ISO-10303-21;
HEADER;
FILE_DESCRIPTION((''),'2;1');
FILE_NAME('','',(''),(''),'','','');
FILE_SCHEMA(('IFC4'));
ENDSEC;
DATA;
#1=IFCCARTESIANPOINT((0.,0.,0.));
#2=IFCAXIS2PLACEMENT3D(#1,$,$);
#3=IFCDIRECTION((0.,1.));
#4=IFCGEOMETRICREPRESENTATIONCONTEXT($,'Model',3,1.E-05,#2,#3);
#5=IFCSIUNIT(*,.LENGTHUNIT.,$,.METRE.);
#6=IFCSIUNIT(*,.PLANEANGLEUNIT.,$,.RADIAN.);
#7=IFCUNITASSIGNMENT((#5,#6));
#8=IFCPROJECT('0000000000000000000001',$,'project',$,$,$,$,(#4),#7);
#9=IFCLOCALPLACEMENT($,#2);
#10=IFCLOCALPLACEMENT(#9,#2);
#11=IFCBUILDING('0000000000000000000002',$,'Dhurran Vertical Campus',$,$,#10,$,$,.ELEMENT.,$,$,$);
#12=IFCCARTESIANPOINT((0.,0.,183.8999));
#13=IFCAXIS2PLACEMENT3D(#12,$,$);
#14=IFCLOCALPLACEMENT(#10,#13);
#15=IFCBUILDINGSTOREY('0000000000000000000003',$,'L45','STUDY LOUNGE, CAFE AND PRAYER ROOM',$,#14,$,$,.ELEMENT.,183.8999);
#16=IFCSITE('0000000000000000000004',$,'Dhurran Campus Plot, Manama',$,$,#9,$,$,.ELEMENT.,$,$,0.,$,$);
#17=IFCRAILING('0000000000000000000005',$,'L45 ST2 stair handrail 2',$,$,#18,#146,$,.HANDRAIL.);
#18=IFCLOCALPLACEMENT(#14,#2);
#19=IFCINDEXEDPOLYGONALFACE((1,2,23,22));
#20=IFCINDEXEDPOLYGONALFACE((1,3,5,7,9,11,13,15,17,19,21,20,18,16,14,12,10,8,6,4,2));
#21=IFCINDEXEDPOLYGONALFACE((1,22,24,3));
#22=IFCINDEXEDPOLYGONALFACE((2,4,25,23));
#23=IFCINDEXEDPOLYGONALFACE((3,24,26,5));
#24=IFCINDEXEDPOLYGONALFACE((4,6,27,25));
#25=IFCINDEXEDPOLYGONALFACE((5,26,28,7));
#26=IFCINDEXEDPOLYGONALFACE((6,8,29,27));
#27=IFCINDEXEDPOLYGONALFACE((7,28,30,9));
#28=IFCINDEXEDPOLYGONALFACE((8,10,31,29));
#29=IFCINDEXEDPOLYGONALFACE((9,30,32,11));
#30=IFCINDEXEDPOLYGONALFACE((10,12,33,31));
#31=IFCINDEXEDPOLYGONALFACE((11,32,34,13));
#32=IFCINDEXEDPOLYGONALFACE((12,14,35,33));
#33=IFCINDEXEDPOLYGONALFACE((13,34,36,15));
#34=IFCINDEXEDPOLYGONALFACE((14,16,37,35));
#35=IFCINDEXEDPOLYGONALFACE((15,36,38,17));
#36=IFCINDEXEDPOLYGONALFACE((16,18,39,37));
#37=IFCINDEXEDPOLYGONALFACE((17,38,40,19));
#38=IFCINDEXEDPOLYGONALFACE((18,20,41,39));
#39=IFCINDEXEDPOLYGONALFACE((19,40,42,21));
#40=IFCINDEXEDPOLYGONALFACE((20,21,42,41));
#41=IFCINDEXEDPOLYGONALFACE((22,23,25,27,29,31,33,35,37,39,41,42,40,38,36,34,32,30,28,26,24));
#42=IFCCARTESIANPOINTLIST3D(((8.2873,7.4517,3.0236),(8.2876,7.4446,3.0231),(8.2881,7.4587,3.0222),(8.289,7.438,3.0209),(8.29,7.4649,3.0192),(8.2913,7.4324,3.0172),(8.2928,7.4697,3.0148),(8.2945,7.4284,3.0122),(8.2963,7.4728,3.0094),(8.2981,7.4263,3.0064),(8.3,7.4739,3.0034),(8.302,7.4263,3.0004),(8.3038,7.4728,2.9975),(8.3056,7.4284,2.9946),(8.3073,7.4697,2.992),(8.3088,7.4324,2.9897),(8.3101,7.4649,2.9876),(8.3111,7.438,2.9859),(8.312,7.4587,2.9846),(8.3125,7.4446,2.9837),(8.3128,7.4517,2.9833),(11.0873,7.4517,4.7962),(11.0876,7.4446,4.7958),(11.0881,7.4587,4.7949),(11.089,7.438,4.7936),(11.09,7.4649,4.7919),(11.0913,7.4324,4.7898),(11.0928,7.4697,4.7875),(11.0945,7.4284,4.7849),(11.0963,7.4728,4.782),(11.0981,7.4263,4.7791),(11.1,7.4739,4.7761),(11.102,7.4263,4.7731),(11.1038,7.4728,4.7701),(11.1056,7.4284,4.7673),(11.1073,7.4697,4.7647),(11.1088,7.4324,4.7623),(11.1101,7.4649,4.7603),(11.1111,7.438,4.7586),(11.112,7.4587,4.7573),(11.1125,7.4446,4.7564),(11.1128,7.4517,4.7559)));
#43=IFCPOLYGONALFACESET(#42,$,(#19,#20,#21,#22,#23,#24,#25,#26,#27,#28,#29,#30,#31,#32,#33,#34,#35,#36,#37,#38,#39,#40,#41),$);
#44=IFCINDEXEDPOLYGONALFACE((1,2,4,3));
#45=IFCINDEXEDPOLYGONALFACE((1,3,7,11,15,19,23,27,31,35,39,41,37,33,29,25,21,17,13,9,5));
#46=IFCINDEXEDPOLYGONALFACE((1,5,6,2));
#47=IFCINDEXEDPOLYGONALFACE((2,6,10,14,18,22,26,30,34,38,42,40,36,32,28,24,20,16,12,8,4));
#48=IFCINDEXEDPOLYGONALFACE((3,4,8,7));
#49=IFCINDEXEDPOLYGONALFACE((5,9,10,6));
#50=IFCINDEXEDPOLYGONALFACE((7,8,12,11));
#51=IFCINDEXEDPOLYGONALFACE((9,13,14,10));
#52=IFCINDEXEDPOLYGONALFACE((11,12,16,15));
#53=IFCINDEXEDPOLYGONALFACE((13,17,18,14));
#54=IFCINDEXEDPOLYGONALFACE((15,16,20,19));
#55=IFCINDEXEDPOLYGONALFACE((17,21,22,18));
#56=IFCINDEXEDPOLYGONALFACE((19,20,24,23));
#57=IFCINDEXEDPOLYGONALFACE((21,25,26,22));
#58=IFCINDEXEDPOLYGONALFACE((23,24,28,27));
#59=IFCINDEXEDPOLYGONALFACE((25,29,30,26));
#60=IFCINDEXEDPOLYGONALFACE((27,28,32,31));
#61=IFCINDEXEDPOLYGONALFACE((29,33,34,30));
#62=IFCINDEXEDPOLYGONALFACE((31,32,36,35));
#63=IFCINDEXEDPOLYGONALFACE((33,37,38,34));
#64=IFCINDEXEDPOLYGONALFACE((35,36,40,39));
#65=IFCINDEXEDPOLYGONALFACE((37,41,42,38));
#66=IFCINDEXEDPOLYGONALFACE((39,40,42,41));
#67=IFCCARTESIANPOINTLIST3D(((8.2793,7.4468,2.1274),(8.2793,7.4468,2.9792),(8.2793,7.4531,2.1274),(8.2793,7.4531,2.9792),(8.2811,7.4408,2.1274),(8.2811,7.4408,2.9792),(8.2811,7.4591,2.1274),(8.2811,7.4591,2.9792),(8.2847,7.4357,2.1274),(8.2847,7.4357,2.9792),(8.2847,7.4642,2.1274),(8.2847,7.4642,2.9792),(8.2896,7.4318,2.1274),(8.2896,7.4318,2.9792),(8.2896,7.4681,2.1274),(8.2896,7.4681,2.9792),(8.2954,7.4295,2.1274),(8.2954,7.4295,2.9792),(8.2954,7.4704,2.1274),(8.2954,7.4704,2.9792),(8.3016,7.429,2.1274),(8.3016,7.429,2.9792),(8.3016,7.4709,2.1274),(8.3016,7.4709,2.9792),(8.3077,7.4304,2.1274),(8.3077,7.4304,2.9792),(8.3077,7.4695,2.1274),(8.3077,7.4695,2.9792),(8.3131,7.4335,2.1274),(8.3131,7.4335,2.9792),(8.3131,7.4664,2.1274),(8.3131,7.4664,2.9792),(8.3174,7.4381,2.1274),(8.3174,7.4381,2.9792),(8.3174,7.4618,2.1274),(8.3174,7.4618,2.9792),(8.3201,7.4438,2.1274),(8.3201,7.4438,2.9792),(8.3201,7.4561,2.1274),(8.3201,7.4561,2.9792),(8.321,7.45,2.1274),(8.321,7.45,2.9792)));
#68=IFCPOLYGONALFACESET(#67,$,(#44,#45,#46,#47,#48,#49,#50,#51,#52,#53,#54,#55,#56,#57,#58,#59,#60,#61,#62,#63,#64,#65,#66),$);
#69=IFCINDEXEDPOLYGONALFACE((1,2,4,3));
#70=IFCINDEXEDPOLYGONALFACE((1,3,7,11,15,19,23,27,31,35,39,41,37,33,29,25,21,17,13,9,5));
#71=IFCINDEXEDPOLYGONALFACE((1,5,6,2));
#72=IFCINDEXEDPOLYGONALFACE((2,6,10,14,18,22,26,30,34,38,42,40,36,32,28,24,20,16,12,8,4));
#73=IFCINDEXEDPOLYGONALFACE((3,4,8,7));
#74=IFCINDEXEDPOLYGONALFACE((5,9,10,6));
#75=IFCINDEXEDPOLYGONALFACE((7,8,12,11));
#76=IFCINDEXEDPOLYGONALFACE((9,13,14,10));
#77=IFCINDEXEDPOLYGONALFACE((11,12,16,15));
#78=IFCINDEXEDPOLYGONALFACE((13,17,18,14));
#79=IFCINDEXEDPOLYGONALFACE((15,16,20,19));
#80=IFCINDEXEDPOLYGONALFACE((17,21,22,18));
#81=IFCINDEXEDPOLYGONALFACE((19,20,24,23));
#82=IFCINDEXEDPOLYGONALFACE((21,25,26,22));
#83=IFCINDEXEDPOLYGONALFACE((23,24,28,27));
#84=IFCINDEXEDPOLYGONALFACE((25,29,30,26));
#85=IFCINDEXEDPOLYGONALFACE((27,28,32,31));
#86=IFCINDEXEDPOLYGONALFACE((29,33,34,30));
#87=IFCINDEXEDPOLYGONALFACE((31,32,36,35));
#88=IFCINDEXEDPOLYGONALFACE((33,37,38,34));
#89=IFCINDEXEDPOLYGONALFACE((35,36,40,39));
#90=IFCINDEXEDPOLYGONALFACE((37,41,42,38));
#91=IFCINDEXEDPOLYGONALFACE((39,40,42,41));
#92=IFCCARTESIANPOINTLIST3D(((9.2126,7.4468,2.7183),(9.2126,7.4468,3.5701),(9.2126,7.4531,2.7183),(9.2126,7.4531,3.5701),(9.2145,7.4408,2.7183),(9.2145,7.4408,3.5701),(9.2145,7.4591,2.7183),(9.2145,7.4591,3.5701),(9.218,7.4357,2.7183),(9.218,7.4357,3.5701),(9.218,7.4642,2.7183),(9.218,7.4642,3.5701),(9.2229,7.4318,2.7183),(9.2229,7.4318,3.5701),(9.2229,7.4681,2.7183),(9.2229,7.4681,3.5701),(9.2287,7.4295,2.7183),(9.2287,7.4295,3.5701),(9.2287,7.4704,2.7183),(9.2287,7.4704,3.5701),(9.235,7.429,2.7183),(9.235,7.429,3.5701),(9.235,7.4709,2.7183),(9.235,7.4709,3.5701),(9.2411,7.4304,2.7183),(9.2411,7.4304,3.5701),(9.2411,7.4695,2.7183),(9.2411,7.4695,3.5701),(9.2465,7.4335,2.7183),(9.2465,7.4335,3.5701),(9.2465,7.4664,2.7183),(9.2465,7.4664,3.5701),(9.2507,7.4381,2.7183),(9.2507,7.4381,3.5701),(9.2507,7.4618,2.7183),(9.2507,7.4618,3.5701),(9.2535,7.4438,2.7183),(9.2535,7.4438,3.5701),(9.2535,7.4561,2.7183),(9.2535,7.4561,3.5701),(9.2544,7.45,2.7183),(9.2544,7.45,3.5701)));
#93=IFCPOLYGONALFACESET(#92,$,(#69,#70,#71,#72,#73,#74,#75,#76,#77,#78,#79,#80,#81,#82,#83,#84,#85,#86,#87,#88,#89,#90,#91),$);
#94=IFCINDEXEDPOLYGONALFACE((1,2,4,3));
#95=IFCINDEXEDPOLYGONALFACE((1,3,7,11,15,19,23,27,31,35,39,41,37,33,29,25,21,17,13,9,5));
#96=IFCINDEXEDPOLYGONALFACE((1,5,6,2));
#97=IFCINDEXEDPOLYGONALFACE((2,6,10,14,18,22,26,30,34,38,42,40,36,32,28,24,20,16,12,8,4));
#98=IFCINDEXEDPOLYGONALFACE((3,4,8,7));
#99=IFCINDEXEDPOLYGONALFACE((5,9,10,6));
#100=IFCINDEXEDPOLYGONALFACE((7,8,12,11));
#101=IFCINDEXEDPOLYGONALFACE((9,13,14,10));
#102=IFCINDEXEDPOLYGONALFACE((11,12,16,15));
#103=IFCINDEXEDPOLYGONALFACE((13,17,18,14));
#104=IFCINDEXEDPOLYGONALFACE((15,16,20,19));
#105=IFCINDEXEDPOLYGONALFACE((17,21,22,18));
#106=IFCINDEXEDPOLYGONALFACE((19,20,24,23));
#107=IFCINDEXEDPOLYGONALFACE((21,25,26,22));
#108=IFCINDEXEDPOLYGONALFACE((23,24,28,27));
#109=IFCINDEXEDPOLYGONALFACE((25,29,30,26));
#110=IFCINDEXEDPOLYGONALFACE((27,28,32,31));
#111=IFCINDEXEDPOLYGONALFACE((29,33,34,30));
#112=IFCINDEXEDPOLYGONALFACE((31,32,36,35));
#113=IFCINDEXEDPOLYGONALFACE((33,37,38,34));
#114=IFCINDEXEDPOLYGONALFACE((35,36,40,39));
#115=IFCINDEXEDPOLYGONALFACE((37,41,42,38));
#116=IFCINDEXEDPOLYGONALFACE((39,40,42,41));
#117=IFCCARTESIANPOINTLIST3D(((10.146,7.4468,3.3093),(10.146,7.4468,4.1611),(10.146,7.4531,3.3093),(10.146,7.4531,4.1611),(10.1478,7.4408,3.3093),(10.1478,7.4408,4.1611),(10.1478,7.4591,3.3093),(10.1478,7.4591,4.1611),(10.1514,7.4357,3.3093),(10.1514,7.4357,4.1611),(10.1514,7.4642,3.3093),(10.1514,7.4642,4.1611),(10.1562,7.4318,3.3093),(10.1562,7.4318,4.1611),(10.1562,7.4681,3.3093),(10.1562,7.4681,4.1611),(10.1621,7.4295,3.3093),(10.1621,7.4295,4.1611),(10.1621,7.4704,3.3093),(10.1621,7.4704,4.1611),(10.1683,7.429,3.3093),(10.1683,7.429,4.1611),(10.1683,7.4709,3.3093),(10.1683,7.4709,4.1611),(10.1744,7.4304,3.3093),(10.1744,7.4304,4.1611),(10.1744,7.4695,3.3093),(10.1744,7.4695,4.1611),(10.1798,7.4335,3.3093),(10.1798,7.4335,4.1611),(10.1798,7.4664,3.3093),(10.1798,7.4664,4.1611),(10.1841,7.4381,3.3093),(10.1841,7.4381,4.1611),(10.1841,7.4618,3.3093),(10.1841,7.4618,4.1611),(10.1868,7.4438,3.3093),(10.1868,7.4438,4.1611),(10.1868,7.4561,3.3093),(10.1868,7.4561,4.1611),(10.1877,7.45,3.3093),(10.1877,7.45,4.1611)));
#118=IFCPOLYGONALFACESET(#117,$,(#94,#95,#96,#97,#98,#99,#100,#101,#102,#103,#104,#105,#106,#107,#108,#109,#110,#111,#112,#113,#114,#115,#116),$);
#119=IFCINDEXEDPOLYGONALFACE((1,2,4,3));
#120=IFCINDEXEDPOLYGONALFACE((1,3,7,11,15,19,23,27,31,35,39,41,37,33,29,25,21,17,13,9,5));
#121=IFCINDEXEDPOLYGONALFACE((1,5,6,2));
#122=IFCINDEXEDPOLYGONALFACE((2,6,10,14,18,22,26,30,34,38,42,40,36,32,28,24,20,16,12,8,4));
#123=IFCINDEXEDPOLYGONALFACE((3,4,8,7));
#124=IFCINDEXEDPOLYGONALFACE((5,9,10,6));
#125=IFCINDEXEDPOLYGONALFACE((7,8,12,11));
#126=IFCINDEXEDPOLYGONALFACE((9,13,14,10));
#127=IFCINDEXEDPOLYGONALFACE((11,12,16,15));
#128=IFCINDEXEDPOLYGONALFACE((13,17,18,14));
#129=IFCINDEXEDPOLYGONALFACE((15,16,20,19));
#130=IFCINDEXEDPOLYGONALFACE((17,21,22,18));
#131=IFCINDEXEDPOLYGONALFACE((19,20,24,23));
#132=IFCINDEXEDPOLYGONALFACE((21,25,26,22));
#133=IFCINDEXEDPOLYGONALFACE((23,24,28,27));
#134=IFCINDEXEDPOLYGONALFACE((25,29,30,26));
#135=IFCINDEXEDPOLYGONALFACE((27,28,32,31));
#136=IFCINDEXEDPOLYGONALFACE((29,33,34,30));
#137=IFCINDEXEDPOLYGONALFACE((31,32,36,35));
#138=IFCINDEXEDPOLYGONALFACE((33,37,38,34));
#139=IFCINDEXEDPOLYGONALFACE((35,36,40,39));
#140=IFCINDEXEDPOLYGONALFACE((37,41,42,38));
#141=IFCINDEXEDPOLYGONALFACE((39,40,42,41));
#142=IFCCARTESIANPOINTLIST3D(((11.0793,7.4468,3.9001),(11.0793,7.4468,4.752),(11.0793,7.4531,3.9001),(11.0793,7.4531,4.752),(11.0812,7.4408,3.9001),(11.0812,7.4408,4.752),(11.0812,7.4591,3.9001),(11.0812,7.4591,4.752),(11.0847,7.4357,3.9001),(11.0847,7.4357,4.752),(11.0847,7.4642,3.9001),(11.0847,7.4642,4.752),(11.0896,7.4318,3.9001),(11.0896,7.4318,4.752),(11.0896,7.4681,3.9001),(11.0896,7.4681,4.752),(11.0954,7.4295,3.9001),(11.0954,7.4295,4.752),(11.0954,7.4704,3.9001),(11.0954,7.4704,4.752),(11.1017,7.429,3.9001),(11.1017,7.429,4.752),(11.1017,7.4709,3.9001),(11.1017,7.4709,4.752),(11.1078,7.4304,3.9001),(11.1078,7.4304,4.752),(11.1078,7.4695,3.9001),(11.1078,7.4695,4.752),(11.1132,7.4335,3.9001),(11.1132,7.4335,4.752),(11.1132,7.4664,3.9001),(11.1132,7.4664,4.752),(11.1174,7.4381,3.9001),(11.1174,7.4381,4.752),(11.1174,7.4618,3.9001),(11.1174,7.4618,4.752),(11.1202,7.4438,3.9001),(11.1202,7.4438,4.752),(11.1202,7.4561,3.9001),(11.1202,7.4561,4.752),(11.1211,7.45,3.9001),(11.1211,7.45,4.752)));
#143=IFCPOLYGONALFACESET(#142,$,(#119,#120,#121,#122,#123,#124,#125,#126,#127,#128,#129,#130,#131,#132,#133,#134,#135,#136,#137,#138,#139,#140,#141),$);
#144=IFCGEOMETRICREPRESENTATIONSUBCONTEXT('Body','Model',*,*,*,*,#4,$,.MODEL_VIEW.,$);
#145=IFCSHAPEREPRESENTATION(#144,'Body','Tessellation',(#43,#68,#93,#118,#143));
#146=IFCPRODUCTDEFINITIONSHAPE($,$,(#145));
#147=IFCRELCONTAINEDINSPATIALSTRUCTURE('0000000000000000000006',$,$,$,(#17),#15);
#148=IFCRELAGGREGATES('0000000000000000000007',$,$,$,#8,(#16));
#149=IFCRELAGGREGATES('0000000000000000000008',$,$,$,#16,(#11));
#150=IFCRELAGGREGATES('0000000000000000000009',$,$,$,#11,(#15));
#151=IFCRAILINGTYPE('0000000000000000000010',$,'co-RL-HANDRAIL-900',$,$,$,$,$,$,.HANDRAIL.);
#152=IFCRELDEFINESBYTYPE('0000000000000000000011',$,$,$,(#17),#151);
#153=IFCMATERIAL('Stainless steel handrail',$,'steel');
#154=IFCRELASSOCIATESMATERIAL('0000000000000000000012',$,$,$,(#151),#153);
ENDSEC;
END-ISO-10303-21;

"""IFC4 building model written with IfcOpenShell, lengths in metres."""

from ifc_helpers import new_model, si_unit, direction, frame, origin, origin_2d, place, context, subcontext, project, spatial, circle, extrude, material, type_object, element, save


model = new_model("IFC4")

# Units and contexts
model_context = context("Model", 3, precision=1e-05, world=origin(), true_north=direction((0.0, 1.0)))
body_context = subcontext(model_context, "Body", "Model", "MODEL_VIEW")
ifc_project = project(units=[si_unit("LENGTHUNIT", "METRE"), si_unit("PLANEANGLEUNIT", "RADIAN")], contexts=[model_context])

# Site, building, storey
site_placement = place(None, origin())
site = spatial("IfcSite", under=ifc_project, at=site_placement, Name="Dhurran Campus Plot, Manama", CompositionType="ELEMENT", RefElevation=0.0)
building_placement = place(site_placement, origin())
building = spatial("IfcBuilding", under=site, at=building_placement, Name="Dhurran Vertical Campus", CompositionType="ELEMENT")
storey_placement = place(building_placement, frame((0.0, 0.0, 183.8999)))
storey = spatial("IfcBuildingStorey", under=building, at=storey_placement, Name="L45", Description="STUDY LOUNGE, CAFE AND PRAYER ROOM", CompositionType="ELEMENT", Elevation=183.8999)

# Railing
ifc_material_1 = material(Name="Stainless steel handrail", Category="steel")
railing_type_1 = type_object("IfcRailingType", Name="co-RL-HANDRAIL-900", PredefinedType="HANDRAIL", material=ifc_material_1)
railing_1_placement = place(storey_placement, frame((8.3, 7.45, 2.1274)))
element("IfcRailing", 1, at=railing_1_placement, inside=storey, type_object=railing_type_1, Name="L45 ST2 stair handrail 2", PredefinedType="HANDRAIL", context=body_context, shape_type="SweptSolid", body=[
    extrude(circle(Radius=0.0239, at=origin_2d()), frame((0.0, 0.0, 0.876), z_axis=(0.844909, 0.0, 0.53491), x_axis=(0.0, 1.0, 0.0)), (0.0, 0.0, 1.0), 3.314),
    extrude(circle(Radius=0.021, at=origin_2d()), origin(), (0.0, 0.0, 1.0), 0.8518),
    extrude(circle(Radius=0.021, at=origin_2d()), frame((0.9333, 0.0, 0.5908)), (0.0, 0.0, 1.0), 0.8518),
    extrude(circle(Radius=0.021, at=origin_2d()), frame((1.8667, 0.0, 1.1819)), (0.0, 0.0, 1.0), 0.8518),
    extrude(circle(Radius=0.021, at=origin_2d()), frame((2.8, 0.0, 1.7727)), (0.0, 0.0, 1.0), 0.8518),
])

save(model, "model.ifc")
